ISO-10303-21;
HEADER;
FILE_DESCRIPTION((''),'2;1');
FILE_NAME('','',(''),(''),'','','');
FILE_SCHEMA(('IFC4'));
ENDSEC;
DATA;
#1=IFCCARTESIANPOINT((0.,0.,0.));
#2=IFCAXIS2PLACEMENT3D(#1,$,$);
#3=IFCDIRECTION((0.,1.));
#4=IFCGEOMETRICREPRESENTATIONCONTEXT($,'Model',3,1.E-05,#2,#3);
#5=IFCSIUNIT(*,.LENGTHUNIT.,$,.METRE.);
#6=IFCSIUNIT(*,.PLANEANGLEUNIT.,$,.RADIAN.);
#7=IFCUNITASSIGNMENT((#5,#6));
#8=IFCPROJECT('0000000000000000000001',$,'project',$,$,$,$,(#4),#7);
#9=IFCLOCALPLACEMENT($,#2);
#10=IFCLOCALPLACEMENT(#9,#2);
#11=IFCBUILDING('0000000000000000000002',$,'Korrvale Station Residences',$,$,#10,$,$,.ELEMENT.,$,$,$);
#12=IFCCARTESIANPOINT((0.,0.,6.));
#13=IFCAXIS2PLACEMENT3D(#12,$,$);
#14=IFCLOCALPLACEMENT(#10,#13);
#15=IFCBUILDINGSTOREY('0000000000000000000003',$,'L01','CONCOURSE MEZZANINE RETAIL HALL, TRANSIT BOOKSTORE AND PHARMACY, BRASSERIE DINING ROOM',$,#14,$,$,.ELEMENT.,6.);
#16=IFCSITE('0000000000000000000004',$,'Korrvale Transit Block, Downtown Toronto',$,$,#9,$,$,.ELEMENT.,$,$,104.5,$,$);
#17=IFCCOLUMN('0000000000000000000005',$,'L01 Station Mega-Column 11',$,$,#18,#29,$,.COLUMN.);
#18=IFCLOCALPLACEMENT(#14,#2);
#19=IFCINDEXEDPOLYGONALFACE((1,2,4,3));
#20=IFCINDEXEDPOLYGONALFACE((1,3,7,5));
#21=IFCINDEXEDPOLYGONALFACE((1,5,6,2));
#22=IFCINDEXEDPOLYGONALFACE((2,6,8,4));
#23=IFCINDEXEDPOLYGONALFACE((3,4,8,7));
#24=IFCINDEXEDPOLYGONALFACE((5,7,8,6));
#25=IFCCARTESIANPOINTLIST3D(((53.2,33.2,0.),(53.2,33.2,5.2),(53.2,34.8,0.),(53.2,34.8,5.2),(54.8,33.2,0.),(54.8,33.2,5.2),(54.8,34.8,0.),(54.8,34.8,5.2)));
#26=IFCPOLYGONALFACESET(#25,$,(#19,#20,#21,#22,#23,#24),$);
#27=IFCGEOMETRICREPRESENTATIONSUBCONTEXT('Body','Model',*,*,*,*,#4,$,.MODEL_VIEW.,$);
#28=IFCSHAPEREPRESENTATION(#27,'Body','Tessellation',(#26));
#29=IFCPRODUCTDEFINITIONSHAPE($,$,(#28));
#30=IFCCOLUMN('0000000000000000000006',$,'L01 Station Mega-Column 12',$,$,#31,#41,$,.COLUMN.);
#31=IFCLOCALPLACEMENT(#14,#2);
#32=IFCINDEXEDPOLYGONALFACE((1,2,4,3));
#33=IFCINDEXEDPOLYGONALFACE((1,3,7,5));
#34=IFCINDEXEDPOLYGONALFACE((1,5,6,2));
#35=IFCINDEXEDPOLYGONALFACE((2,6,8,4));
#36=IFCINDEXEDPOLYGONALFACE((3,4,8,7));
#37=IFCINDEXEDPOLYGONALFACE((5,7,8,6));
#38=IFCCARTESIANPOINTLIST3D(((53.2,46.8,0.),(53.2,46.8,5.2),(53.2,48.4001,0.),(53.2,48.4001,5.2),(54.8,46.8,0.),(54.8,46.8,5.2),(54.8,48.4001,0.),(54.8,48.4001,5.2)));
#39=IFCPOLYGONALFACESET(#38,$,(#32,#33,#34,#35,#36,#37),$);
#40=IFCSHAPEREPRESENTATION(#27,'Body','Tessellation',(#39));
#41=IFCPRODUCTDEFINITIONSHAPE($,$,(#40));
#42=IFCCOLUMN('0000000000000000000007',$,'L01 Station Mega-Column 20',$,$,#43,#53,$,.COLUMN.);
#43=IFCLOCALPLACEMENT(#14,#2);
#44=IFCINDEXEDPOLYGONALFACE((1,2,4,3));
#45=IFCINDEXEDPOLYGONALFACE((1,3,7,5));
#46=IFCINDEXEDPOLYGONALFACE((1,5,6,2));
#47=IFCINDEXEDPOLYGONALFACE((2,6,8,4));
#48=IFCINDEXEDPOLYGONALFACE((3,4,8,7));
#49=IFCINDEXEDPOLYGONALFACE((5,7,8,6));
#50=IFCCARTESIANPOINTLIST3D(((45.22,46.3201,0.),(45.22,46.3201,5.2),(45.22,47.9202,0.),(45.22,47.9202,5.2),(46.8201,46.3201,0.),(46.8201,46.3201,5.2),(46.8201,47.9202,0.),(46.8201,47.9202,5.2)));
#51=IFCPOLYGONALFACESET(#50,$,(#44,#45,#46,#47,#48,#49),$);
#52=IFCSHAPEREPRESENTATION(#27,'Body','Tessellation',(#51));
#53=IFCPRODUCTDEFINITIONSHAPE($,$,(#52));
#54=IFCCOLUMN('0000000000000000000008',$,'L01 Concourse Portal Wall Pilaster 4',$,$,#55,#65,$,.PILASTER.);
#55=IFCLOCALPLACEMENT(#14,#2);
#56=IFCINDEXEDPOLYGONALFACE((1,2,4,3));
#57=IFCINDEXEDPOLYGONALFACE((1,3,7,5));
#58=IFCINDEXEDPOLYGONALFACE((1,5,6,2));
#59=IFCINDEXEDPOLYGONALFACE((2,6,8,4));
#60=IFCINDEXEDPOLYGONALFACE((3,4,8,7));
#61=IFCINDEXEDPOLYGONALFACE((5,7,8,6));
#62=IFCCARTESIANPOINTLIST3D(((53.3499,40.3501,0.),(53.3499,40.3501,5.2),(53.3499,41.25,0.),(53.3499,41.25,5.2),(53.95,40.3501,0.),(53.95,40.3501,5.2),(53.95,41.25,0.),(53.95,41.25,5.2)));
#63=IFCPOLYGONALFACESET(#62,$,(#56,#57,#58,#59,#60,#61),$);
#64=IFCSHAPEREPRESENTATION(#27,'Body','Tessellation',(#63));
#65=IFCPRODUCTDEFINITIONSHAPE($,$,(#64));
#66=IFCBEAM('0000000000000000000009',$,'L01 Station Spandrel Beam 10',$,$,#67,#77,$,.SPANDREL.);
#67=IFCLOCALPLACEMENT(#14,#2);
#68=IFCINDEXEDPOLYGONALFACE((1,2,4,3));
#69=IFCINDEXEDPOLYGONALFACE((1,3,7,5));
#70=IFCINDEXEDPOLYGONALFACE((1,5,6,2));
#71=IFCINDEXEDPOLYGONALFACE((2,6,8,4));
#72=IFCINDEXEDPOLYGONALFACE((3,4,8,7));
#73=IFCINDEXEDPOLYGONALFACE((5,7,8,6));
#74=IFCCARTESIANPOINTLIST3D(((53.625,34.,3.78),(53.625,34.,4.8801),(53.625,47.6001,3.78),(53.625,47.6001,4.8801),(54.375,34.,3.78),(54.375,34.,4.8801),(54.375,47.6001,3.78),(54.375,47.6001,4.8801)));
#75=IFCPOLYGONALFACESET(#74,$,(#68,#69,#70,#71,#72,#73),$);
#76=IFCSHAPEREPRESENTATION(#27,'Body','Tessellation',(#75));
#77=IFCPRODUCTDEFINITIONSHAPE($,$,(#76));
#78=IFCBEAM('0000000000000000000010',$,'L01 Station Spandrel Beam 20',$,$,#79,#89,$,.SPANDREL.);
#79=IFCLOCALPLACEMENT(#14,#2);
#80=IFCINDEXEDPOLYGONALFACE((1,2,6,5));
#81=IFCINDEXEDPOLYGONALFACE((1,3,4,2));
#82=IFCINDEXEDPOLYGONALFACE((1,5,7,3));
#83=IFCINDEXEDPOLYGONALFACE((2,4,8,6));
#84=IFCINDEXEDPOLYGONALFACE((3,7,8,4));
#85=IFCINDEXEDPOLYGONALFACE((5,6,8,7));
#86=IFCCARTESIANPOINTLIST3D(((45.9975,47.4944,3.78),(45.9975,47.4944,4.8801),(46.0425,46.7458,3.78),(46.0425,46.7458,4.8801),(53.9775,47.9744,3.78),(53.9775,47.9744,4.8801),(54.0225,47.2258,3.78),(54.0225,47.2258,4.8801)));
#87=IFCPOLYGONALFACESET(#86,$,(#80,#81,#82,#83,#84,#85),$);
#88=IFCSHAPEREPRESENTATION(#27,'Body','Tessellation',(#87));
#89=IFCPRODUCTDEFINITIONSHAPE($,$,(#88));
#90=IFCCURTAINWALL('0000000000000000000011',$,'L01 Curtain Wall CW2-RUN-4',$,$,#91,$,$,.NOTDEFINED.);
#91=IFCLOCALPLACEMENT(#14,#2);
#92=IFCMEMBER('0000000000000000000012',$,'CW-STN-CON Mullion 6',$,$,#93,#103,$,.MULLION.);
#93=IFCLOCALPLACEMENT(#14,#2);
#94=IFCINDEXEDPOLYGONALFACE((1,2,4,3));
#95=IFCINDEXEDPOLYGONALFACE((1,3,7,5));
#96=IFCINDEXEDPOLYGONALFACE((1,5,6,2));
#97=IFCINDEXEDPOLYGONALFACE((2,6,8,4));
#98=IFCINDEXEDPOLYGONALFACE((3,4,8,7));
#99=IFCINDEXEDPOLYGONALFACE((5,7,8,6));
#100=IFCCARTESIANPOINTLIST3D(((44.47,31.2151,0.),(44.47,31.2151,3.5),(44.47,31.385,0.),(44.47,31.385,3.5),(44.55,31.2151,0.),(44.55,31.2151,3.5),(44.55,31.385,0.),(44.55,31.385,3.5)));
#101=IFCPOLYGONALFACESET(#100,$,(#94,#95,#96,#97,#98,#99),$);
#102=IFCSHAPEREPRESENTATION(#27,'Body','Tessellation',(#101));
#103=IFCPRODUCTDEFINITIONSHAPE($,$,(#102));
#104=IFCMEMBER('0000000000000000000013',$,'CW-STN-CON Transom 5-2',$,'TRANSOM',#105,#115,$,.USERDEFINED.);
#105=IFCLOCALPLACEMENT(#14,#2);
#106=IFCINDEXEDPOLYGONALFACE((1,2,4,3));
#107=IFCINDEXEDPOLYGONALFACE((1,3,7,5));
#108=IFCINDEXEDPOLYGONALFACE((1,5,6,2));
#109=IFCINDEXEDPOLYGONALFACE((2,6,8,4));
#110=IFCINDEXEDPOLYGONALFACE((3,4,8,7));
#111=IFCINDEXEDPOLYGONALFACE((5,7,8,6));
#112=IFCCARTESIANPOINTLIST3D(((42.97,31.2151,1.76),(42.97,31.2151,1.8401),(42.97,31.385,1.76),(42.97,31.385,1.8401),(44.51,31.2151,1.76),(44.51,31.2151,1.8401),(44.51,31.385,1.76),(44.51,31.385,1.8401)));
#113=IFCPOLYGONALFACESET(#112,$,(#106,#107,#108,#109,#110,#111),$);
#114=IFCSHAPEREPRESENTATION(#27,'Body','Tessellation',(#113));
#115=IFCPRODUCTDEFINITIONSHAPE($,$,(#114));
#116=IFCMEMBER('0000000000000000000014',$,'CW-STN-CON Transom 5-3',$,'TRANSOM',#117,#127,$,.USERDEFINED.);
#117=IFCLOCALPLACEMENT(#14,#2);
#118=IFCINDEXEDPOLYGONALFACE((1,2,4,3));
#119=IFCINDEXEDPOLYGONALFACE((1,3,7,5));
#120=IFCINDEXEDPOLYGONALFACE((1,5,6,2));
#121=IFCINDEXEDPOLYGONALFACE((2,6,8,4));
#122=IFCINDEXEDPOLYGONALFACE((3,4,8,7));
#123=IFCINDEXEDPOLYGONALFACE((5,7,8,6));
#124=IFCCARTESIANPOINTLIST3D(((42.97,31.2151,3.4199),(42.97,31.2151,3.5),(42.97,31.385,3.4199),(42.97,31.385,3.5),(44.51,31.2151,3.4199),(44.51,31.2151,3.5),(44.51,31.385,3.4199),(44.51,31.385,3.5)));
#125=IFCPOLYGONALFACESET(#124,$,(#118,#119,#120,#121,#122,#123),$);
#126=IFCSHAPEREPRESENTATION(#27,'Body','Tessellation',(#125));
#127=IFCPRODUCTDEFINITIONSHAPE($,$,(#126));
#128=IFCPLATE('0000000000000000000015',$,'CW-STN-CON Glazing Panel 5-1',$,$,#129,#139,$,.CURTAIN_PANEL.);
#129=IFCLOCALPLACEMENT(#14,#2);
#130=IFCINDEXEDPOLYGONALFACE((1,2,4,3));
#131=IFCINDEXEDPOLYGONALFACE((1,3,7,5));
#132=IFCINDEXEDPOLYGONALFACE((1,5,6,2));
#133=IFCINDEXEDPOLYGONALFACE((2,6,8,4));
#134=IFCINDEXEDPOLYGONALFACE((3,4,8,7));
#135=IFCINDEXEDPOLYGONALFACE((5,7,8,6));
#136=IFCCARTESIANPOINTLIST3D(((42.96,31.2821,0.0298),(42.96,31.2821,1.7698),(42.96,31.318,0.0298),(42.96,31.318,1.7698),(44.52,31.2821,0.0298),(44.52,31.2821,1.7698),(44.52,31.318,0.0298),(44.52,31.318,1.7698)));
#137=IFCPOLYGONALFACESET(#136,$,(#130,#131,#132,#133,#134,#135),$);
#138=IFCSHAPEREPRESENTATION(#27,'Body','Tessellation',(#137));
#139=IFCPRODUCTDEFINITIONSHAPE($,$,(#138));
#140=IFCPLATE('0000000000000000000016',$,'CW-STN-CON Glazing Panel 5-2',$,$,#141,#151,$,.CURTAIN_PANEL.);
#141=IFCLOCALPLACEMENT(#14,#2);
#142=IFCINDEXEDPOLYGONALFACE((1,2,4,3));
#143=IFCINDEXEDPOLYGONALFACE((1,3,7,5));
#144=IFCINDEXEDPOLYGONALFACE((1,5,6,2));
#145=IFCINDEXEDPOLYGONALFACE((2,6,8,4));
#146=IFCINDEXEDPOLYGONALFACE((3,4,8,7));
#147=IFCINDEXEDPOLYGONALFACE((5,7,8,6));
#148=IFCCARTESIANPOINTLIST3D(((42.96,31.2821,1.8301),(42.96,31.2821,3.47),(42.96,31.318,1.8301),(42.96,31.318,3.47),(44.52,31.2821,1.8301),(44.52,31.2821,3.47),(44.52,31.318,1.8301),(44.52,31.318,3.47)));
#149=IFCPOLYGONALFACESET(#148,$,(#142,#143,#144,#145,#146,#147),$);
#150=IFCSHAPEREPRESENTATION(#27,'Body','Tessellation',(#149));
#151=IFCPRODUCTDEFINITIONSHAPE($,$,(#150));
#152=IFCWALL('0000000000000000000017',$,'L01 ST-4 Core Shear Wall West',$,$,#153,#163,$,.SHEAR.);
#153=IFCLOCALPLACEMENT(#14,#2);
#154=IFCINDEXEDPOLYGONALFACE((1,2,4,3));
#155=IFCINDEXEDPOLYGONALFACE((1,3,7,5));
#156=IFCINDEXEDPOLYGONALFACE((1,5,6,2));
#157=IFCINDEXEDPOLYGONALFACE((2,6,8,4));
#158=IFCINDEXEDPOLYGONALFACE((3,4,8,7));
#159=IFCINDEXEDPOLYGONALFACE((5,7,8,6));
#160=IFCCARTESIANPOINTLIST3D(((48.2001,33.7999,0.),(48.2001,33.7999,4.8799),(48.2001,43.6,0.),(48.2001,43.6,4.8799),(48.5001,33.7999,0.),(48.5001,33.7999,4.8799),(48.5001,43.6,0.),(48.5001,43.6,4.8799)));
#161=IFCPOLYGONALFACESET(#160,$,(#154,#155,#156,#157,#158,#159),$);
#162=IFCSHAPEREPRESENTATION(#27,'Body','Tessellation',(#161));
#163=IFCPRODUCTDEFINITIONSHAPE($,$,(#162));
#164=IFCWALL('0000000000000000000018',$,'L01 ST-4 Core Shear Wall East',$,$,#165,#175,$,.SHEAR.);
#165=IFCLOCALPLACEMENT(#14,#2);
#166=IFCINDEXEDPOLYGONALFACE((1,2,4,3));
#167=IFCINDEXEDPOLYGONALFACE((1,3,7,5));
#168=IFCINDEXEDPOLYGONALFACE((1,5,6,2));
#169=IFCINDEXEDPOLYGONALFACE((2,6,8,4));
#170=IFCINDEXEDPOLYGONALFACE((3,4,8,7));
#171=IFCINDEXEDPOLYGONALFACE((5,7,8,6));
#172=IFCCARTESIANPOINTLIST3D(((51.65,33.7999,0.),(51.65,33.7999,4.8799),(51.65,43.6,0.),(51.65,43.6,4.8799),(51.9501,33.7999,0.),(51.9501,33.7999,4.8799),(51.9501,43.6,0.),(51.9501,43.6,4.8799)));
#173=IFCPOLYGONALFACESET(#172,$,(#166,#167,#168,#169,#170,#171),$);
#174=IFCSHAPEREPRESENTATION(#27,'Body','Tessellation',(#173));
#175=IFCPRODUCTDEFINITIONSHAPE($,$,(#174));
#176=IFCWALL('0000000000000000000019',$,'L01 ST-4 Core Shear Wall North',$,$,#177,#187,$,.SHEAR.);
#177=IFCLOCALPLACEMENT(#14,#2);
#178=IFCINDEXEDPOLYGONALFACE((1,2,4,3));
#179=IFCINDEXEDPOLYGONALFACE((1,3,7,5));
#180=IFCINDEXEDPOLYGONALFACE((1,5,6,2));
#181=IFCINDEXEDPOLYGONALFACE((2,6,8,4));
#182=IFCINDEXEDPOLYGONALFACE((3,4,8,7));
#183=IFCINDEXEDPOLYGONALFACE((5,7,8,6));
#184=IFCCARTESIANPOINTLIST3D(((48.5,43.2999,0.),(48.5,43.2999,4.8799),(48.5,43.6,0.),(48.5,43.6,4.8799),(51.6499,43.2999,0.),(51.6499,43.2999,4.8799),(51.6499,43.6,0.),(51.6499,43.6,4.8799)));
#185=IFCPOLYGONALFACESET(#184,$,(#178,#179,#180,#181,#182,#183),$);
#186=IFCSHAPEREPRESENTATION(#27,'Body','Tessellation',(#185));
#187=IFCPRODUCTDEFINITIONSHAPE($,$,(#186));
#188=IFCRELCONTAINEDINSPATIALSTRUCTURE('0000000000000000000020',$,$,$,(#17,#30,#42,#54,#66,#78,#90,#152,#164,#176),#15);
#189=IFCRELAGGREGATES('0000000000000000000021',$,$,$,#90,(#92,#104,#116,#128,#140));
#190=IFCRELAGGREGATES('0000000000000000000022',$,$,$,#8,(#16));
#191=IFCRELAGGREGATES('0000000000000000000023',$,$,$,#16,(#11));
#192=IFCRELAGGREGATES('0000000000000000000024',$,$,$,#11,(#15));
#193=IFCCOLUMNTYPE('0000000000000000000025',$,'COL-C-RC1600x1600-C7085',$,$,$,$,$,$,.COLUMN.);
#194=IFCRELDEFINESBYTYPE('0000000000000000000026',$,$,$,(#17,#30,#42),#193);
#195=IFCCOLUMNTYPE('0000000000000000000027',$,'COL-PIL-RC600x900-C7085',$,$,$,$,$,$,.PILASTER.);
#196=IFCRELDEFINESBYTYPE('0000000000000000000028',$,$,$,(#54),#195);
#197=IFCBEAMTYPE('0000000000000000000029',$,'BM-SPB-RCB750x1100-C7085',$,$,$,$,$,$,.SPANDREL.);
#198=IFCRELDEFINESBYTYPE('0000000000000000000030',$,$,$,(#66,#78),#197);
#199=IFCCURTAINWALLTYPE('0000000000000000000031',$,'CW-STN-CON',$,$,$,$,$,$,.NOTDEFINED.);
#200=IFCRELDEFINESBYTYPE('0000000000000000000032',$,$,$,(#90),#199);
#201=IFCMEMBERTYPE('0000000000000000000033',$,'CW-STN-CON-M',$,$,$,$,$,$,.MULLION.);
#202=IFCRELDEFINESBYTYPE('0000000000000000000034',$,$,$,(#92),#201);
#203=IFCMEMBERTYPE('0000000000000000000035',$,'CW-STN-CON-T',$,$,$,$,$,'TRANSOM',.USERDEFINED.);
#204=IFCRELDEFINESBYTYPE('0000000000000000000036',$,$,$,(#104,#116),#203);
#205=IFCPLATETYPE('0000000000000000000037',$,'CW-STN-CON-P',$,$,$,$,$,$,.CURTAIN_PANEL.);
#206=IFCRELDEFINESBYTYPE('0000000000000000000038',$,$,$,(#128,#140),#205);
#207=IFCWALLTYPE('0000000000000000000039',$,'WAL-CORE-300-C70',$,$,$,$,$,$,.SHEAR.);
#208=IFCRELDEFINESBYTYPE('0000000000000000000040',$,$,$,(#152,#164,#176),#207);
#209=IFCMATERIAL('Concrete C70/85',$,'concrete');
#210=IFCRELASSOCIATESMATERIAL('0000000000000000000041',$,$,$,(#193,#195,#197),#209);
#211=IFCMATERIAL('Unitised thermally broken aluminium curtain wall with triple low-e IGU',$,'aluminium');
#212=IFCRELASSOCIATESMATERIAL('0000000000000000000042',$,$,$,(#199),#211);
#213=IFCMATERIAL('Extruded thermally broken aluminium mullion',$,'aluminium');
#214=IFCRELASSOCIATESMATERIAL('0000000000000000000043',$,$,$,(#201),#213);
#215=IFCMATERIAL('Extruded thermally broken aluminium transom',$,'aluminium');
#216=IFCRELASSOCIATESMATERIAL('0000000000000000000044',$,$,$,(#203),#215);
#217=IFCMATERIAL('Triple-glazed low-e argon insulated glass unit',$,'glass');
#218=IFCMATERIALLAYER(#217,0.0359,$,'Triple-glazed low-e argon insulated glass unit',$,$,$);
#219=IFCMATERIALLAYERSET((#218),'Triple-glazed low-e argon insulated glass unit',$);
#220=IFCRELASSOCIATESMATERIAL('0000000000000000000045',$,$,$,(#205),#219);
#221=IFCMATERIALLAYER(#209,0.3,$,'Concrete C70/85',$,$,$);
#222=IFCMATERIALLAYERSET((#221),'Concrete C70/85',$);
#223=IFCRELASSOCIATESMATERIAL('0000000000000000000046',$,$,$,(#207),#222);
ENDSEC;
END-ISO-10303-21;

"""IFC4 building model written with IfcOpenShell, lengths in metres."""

from ifc_helpers import new_model, si_unit, direction, frame, frame_2d, origin, origin_2d, place, context, subcontext, project, spatial, rectangle, extrude, material, layer, layer_set, material_profile, profile_set, type_object, element, aggregate, save


model = new_model("IFC4")

# Units and contexts
model_context = context("Model", 3, precision=1e-05, world=origin(), true_north=direction((0.0, 1.0)))
body_context = subcontext(model_context, "Body", "Model", "MODEL_VIEW")
ifc_project = project(units=[si_unit("LENGTHUNIT", "METRE"), si_unit("PLANEANGLEUNIT", "RADIAN")], contexts=[model_context])

# Site, building, storey
site_placement = place(None, origin())
site = spatial("IfcSite", under=ifc_project, at=site_placement, Name="Korrvale Transit Block, Downtown Toronto", CompositionType="ELEMENT", RefElevation=104.5)
building_placement = place(site_placement, origin())
building = spatial("IfcBuilding", under=site, at=building_placement, Name="Korrvale Station Residences", CompositionType="ELEMENT")
storey_placement = place(building_placement, frame((0.0, 0.0, 6.0)))
storey = spatial("IfcBuildingStorey", under=building, at=storey_placement, Name="L01", Description="CONCOURSE MEZZANINE RETAIL HALL, TRANSIT BOOKSTORE AND PHARMACY, BRASSERIE DINING ROOM", CompositionType="ELEMENT", Elevation=6.0)

# Columns
ifc_material_1 = material(Name="Concrete C70/85", Category="concrete")
ifc_material_profile_1 = material_profile(ifc_material_1, rectangle(XDim=1.6001, YDim=1.6001, at=origin_2d()), Name="RC1600x1600")
ifc_profile_set_1 = profile_set([ifc_material_profile_1], Name="Concrete C70/85")
column_type_1 = type_object("IfcColumnType", Name="COL-C-RC1600x1600-C7085", PredefinedType="COLUMN", material=ifc_profile_set_1)
for number, where, z_axis, x_axis, name in (
    (1, (54.0, 34.0, 0.0), (0.0, 0.0, 1.0), (1.0, 0.0, 0.0), "L01 Station Mega-Column 11"),
    (2, (54.0, 47.6001, 0.0), (0.0, 0.0, 1.0), (1.0, 0.0, 0.0), "L01 Station Mega-Column 12"),
    (3, (46.02, 47.1201, 0.0), (0.0, 0.0, 1.0), (1.0, 0.0, 0.0), "L01 Station Mega-Column 20"),
):
    element("IfcColumn", number, at=place(storey_placement, frame(where, z_axis=z_axis, x_axis=x_axis)), inside=storey, type_object=column_type_1, Name=name, PredefinedType="COLUMN", context=body_context, shape_type="SweptSolid", body=[
        extrude(rectangle(XDim=1.6001, YDim=1.6001, at=origin_2d()), origin(), (0.0, 0.0, 1.0), 5.2),
    ])
ifc_material_profile_2 = material_profile(ifc_material_1, rectangle(XDim=0.6001, YDim=0.8999, at=origin_2d()), Name="RC600x900")
ifc_profile_set_2 = profile_set([ifc_material_profile_2], Name="Concrete C70/85")
column_type_2 = type_object("IfcColumnType", Name="COL-PIL-RC600x900-C7085", PredefinedType="PILASTER", material=ifc_profile_set_2)
column_placement = place(storey_placement, frame((53.6499, 40.8, 0.0), z_axis=(0.0, 0.0, 1.0), x_axis=(1.0, 0.0, 0.0)))
element("IfcColumn", 4, at=column_placement, inside=storey, type_object=column_type_2, Name="L01 Concourse Portal Wall Pilaster 4", PredefinedType="PILASTER", context=body_context, shape_type="SweptSolid", body=[
    extrude(rectangle(XDim=0.6001, YDim=0.8999, at=origin_2d()), origin(), (0.0, 0.0, 1.0), 5.2),
])

# Beams
ifc_material_profile_3 = material_profile(ifc_material_1, rectangle(XDim=0.75, YDim=1.1001, at=origin_2d()), Name="RCB750x1100")
ifc_profile_set_3 = profile_set([ifc_material_profile_3], Name="Concrete C70/85")
beam_type = type_object("IfcBeamType", Name="BM-SPB-RCB750x1100-C7085", PredefinedType="SPANDREL", material=ifc_profile_set_3)
beam_1_placement = place(storey_placement, frame((54.0, 34.0, 4.3301), z_axis=(0.0, 1.0, 0.0), x_axis=(-1.0, 0.0, 0.0)))
element("IfcBeam", 5, at=beam_1_placement, inside=storey, type_object=beam_type, Name="L01 Station Spandrel Beam 10", PredefinedType="SPANDREL", context=body_context, shape_type="SweptSolid", body=[
    extrude(rectangle(XDim=0.75, YDim=1.1001, at=origin_2d()), origin(), (0.0, 0.0, 1.0), 13.6001),
])
beam_2_placement = place(storey_placement, frame((46.02, 47.1201, 4.3301), z_axis=(0.998196, 0.06004, 0.0), x_axis=(-0.06004, 0.998196, 0.0)))
element("IfcBeam", 6, at=beam_2_placement, inside=storey, type_object=beam_type, Name="L01 Station Spandrel Beam 20", PredefinedType="SPANDREL", context=body_context, shape_type="SweptSolid", body=[
    extrude(rectangle(XDim=0.75, YDim=1.1001, at=origin_2d()), origin(), (0.0, 0.0, 1.0), 7.9944),
])

# Curtain wall, members, plates
ifc_material_2 = material(Name="Unitised thermally broken aluminium curtain wall with triple low-e IGU", Category="aluminium")
curtain_wall_type = type_object("IfcCurtainWallType", Name="CW-STN-CON", PredefinedType="NOTDEFINED", material=ifc_material_2)
curtain_wall_placement = place(storey_placement, origin())
curtain_wall = element("IfcCurtainWall", 7, at=curtain_wall_placement, inside=storey, type_object=curtain_wall_type, Name="L01 Curtain Wall CW2-RUN-4", PredefinedType="NOTDEFINED")
ifc_material_3 = material(Name="Extruded thermally broken aluminium mullion", Category="aluminium")
member_type_1 = type_object("IfcMemberType", Name="CW-STN-CON-M", PredefinedType="MULLION", material=ifc_material_3)
member_1_placement = place(storey_placement, frame((44.51, 31.3, 0.0), z_axis=(0.0, 0.0, 1.0), x_axis=(1.0, 0.0, 0.0)))
member_1 = element("IfcMember", 8, at=member_1_placement, type_object=member_type_1, Name="CW-STN-CON Mullion 6", PredefinedType="MULLION", context=body_context, shape_type="SweptSolid", body=[
    extrude(rectangle(XDim=0.0801, YDim=0.1699, at=origin_2d()), origin(), (0.0, 0.0, 1.0), 3.5),
])
ifc_material_4 = material(Name="Extruded thermally broken aluminium transom", Category="aluminium")
member_type_2 = type_object("IfcMemberType", Name="CW-STN-CON-T", ElementType="TRANSOM", PredefinedType="USERDEFINED", material=ifc_material_4)
member_2_placement = place(storey_placement, frame((43.74, 31.3, 1.76), z_axis=(0.0, 0.0, 1.0), x_axis=(1.0, 0.0, 0.0)))
member_2 = element("IfcMember", 9, at=member_2_placement, type_object=member_type_2, Name="CW-STN-CON Transom 5-2", ObjectType="TRANSOM", PredefinedType="USERDEFINED", context=body_context, shape_type="SweptSolid", body=[
    extrude(rectangle(XDim=1.54, YDim=0.1699, at=origin_2d()), origin(), (0.0, 0.0, 1.0), 0.0801),
])
member_3_placement = place(storey_placement, frame((43.74, 31.3, 3.4199), z_axis=(0.0, 0.0, 1.0), x_axis=(1.0, 0.0, 0.0)))
member_3 = element("IfcMember", 10, at=member_3_placement, type_object=member_type_2, Name="CW-STN-CON Transom 5-3", ObjectType="TRANSOM", PredefinedType="USERDEFINED", context=body_context, shape_type="SweptSolid", body=[
    extrude(rectangle(XDim=1.54, YDim=0.1699, at=origin_2d()), origin(), (0.0, 0.0, 1.0), 0.0801),
])
ifc_material_5 = material(Name="Triple-glazed low-e argon insulated glass unit", Category="glass")
ifc_layer_1 = layer(ifc_material_5, 0.0359, Name="Triple-glazed low-e argon insulated glass unit")
ifc_layer_set_1 = layer_set([ifc_layer_1], Name="Triple-glazed low-e argon insulated glass unit")
plate_type = type_object("IfcPlateType", Name="CW-STN-CON-P", PredefinedType="CURTAIN_PANEL", material=ifc_layer_set_1)
plate_1_placement = place(storey_placement, frame((43.74, 31.3, 0.0298), z_axis=(0.0, 0.0, 1.0), x_axis=(1.0, 0.0, 0.0)))
plate_1 = element("IfcPlate", 11, at=plate_1_placement, type_object=plate_type, Name="CW-STN-CON Glazing Panel 5-1", PredefinedType="CURTAIN_PANEL", context=body_context, shape_type="SweptSolid", body=[
    extrude(rectangle(XDim=1.5601, YDim=0.0359, at=origin_2d()), origin(), (0.0, 0.0, 1.0), 1.74),
])
plate_2_placement = place(storey_placement, frame((43.74, 31.3, 1.8301), z_axis=(0.0, 0.0, 1.0), x_axis=(1.0, 0.0, 0.0)))
plate_2 = element("IfcPlate", 12, at=plate_2_placement, type_object=plate_type, Name="CW-STN-CON Glazing Panel 5-2", PredefinedType="CURTAIN_PANEL", context=body_context, shape_type="SweptSolid", body=[
    extrude(rectangle(XDim=1.5601, YDim=0.0359, at=origin_2d()), origin(), (0.0, 0.0, 1.0), 1.6399),
])
aggregate(curtain_wall, [member_1, member_2, member_3, plate_1, plate_2])

# Walls
ifc_layer_2 = layer(ifc_material_1, 0.3, Name="Concrete C70/85")
ifc_layer_set_2 = layer_set([ifc_layer_2], Name="Concrete C70/85")
wall_type_1 = type_object("IfcWallType", Name="WAL-CORE-300-C70", PredefinedType="SHEAR", material=ifc_layer_set_2)
for number, where, z_axis, x_axis, name in (
    (13, (48.3501, 33.8, 0.0), (0.0, 0.0, 1.0), (0.0, 1.0, 0.0), "L01 ST-4 Core Shear Wall West"),
    (14, (51.8, 33.8, 0.0), (0.0, 0.0, 1.0), (0.0, 1.0, 0.0), "L01 ST-4 Core Shear Wall East"),
):
    element("IfcWall", number, at=place(storey_placement, frame(where, z_axis=z_axis, x_axis=x_axis)), inside=storey, type_object=wall_type_1, Name=name, PredefinedType="SHEAR", context=body_context, shape_type="SweptSolid", body=[
        extrude(rectangle(XDim=9.8, YDim=0.3, at=frame_2d((4.8999, 0.0))), origin(), (0.0, 0.0, 1.0), 4.8799),
    ])
wall_1_placement = place(storey_placement, frame((48.5, 43.45, 0.0), z_axis=(0.0, 0.0, 1.0), x_axis=(1.0, 0.0, 0.0)))
element("IfcWall", 15, at=wall_1_placement, inside=storey, type_object=wall_type_1, Name="L01 ST-4 Core Shear Wall North", PredefinedType="SHEAR", context=body_context, shape_type="SweptSolid", body=[
    extrude(rectangle(XDim=3.1499, YDim=0.3, at=frame_2d((1.575, 0.0))), origin(), (0.0, 0.0, 1.0), 4.8799),
])

save(model, "model.ifc")
